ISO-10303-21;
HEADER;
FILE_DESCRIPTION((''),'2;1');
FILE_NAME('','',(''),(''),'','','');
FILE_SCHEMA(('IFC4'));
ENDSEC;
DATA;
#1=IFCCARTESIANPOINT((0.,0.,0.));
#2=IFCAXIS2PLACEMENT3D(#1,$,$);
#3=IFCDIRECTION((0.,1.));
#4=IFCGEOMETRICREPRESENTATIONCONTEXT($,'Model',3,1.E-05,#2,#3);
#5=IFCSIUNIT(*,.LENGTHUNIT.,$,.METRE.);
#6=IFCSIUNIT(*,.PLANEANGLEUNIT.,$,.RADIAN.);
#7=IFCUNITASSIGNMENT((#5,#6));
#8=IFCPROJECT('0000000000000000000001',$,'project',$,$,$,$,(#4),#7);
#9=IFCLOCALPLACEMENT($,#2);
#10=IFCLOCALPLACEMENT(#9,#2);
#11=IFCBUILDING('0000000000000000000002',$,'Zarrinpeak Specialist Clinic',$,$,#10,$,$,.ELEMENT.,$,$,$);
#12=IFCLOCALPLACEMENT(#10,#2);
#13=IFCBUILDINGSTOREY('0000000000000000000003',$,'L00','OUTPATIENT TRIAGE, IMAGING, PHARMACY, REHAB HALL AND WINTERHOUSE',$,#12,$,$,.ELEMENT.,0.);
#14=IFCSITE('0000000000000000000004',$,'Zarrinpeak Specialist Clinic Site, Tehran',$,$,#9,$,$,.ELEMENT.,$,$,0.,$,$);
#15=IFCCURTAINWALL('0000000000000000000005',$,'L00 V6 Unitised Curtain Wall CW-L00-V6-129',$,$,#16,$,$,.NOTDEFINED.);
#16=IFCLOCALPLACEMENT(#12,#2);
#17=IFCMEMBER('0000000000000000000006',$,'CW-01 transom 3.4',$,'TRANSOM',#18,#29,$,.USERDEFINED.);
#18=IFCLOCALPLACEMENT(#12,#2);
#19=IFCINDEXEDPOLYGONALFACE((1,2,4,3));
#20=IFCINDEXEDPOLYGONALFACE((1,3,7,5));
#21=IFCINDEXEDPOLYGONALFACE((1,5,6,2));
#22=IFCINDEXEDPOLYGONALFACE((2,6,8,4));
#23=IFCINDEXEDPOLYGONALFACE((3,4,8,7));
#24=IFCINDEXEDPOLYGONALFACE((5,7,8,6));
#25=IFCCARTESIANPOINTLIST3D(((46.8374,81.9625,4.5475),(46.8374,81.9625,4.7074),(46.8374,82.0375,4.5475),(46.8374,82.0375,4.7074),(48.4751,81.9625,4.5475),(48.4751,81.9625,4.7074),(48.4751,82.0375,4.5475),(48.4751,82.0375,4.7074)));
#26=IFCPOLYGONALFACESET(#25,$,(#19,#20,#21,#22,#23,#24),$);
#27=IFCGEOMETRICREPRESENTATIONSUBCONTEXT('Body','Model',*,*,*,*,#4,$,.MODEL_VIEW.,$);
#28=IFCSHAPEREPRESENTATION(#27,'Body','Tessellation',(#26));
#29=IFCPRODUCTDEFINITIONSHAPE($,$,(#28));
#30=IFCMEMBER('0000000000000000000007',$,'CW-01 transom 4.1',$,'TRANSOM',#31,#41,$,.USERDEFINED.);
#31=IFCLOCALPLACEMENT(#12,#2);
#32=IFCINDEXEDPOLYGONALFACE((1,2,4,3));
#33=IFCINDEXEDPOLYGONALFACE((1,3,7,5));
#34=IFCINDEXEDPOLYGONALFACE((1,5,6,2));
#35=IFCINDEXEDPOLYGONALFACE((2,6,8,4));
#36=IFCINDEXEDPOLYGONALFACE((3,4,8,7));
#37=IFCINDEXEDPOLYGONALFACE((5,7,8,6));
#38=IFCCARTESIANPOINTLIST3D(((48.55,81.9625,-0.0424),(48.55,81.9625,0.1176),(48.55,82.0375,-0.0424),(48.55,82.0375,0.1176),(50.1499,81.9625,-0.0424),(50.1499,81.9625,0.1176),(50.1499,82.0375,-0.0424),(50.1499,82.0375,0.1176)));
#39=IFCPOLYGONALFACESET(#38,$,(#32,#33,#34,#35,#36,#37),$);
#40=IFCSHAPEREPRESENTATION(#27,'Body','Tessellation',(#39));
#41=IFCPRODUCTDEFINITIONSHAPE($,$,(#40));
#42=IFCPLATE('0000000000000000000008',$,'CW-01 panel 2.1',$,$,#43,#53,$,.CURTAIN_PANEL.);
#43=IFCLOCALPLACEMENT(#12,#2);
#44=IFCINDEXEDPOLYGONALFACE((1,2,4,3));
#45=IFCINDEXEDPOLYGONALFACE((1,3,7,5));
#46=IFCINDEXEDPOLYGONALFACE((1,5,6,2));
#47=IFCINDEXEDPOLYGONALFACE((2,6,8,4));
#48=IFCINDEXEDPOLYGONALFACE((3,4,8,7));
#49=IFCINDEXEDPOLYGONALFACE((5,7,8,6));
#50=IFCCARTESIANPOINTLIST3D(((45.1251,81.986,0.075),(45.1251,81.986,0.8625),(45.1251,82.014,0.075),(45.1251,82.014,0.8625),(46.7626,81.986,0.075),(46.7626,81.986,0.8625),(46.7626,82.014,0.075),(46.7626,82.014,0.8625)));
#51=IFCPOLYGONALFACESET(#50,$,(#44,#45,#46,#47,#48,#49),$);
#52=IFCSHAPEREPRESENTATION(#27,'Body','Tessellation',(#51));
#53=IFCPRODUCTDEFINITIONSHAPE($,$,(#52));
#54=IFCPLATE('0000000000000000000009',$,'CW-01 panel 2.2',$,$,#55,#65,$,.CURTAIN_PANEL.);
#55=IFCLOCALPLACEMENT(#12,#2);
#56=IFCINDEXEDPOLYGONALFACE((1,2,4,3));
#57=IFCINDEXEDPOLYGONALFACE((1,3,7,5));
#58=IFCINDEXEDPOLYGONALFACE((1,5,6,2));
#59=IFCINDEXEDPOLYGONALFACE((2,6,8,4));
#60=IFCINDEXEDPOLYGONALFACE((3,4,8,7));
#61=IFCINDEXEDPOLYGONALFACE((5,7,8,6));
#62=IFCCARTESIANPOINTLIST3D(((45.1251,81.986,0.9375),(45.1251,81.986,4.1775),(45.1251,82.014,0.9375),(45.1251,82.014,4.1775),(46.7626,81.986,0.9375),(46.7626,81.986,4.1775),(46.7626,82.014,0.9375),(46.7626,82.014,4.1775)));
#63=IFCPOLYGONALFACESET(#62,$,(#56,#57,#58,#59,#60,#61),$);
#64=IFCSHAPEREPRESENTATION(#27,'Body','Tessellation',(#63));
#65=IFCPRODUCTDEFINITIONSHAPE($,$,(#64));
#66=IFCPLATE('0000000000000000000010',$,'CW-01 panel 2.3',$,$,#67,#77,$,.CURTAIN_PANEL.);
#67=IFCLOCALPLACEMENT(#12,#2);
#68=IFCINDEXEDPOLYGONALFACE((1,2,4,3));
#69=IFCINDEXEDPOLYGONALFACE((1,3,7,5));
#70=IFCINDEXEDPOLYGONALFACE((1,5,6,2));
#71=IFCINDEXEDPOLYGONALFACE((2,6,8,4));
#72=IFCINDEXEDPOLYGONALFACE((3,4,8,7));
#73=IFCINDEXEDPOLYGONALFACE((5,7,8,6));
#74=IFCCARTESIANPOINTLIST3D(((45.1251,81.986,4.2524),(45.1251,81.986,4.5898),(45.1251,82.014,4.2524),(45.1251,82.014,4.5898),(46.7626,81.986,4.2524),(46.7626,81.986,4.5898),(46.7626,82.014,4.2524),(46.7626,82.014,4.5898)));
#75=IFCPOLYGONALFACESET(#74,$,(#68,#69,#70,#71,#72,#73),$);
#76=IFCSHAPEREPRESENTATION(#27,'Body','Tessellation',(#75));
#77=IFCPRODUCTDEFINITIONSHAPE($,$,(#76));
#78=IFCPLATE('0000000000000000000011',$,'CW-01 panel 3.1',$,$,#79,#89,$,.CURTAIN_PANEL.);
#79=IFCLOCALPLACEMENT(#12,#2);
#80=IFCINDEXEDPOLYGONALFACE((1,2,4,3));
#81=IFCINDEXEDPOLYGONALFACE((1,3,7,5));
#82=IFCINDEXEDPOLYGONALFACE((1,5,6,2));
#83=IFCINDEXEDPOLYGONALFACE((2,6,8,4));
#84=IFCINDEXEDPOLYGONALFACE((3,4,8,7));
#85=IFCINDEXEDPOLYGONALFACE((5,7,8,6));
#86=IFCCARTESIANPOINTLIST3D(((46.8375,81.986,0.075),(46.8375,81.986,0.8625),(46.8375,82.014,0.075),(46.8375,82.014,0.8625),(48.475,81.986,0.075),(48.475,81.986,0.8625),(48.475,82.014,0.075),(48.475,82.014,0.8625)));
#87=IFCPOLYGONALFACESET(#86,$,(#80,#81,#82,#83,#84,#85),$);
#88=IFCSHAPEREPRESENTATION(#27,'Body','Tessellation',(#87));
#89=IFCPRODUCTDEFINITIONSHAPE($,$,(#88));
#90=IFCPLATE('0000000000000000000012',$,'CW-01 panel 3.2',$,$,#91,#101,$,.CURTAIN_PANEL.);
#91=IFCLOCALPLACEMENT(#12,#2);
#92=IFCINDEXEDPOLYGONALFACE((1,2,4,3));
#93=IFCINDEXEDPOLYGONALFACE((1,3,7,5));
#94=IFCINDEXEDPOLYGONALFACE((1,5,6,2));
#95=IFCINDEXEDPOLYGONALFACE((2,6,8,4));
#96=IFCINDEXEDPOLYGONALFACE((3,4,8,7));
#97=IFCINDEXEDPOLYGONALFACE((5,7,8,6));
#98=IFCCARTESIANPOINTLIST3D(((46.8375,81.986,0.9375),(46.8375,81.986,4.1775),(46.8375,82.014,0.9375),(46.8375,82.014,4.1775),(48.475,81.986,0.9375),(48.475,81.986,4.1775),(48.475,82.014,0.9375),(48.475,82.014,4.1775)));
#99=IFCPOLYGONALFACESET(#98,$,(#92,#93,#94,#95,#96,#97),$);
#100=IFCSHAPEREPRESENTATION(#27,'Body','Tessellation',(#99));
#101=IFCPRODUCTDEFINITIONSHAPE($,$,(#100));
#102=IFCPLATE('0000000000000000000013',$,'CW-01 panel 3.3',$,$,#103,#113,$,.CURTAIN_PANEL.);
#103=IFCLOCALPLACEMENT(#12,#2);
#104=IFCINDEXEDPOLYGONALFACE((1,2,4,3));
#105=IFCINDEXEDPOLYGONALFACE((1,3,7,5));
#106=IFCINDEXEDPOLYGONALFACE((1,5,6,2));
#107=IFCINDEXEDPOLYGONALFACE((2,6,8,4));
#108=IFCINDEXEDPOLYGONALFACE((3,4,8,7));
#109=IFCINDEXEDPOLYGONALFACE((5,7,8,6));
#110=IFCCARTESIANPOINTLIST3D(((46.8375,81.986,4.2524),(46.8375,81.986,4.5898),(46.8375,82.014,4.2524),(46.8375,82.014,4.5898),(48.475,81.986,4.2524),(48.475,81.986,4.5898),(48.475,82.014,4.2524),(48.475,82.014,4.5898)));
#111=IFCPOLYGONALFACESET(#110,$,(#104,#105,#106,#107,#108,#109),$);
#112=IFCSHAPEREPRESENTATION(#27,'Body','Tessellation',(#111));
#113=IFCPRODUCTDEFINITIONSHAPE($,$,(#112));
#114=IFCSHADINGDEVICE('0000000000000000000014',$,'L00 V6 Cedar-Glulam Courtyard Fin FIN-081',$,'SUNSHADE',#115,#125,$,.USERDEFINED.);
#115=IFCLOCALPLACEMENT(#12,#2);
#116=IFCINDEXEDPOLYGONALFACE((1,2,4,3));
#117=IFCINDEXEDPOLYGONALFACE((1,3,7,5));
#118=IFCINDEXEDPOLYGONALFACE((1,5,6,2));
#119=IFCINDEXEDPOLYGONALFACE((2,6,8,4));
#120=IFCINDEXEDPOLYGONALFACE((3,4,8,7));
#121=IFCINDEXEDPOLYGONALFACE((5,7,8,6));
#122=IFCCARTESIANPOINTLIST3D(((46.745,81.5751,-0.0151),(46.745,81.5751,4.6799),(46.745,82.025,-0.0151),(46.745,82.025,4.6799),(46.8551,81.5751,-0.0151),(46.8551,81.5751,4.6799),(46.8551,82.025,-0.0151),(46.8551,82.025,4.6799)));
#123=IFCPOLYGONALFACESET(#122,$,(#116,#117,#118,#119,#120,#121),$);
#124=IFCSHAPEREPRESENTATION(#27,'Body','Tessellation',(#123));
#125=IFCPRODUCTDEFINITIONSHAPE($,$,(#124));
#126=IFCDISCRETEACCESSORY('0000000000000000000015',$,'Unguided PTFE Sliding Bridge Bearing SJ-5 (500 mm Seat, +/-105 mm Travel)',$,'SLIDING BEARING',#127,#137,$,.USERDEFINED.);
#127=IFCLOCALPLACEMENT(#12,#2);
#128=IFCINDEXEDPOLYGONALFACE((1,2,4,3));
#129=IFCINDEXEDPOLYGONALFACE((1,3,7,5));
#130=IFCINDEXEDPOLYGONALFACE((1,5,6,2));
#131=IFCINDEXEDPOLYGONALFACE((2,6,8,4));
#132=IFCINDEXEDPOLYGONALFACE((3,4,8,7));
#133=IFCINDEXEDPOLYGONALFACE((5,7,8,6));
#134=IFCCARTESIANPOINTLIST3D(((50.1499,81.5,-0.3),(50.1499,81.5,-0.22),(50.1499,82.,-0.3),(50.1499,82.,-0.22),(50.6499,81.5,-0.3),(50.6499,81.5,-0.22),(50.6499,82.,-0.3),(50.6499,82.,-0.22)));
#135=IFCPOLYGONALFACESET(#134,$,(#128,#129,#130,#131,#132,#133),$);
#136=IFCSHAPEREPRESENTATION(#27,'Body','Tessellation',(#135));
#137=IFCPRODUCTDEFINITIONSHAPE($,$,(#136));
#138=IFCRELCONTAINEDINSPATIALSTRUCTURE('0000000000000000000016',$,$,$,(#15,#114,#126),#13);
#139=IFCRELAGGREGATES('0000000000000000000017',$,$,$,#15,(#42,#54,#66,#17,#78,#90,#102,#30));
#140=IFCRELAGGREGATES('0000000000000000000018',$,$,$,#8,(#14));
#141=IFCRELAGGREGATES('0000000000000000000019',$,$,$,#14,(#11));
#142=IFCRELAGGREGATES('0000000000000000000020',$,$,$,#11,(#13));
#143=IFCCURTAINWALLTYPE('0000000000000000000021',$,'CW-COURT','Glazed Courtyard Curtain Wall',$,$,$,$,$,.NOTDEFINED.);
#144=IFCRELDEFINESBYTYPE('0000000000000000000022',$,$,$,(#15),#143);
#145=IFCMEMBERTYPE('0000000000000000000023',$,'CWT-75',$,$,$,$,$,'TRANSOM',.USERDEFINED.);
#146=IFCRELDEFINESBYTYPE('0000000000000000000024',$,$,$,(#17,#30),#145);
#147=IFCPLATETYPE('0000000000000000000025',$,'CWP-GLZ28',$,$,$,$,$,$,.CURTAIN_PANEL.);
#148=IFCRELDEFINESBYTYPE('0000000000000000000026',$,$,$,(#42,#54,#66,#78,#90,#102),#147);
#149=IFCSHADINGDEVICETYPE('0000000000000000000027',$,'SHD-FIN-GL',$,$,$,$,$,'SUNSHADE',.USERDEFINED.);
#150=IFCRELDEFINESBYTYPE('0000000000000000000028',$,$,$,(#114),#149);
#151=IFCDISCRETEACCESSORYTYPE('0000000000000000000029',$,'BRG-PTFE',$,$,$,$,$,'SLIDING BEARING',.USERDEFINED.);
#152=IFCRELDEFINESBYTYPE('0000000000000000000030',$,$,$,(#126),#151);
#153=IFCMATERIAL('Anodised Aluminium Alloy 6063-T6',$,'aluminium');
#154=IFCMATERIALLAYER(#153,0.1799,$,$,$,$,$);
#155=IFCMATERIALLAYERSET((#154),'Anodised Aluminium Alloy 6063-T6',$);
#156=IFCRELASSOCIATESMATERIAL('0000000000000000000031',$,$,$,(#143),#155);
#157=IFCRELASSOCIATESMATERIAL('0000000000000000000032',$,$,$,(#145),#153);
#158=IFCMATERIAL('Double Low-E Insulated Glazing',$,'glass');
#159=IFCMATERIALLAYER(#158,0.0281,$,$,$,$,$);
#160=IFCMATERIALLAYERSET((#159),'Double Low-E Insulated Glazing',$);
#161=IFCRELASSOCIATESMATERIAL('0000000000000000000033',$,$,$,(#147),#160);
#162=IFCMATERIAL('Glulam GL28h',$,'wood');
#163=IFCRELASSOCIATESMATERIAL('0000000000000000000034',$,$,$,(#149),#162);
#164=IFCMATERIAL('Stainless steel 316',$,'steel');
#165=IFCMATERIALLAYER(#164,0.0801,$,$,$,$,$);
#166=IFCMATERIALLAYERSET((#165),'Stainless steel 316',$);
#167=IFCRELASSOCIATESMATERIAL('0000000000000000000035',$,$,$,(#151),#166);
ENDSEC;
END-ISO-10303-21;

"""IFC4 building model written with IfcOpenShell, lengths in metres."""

from ifc_helpers import new_model, si_unit, direction, frame, origin, origin_2d, place, context, subcontext, project, spatial, rectangle, extrude, material, layer, layer_set, material_profile, profile_set, type_object, element, aggregate, save


model = new_model("IFC4")

# Units and contexts
model_context = context("Model", 3, precision=1e-05, world=origin(), true_north=direction((0.0, 1.0)))
body_context = subcontext(model_context, "Body", "Model", "MODEL_VIEW")
ifc_project = project(units=[si_unit("LENGTHUNIT", "METRE"), si_unit("PLANEANGLEUNIT", "RADIAN")], contexts=[model_context])

# Site, building, storey
site_placement = place(None, origin())
site = spatial("IfcSite", under=ifc_project, at=site_placement, Name="Zarrinpeak Specialist Clinic Site, Tehran", CompositionType="ELEMENT", RefElevation=0.0)
building_placement = place(site_placement, origin())
building = spatial("IfcBuilding", under=site, at=building_placement, Name="Zarrinpeak Specialist Clinic", CompositionType="ELEMENT")
storey_placement = place(building_placement, origin())
storey = spatial("IfcBuildingStorey", under=building, at=storey_placement, Name="L00", Description="OUTPATIENT TRIAGE, IMAGING, PHARMACY, REHAB HALL AND WINTERHOUSE", CompositionType="ELEMENT", Elevation=0.0)

# Curtain wall, members, plates
ifc_material_1 = material(Name="Anodised Aluminium Alloy 6063-T6", Category="aluminium")
ifc_layer_1 = layer(ifc_material_1, 0.1799)
ifc_layer_set_1 = layer_set([ifc_layer_1], Name="Anodised Aluminium Alloy 6063-T6")
curtain_wall_type = type_object("IfcCurtainWallType", Name="CW-COURT", Description="Glazed Courtyard Curtain Wall", PredefinedType="NOTDEFINED", material=ifc_layer_set_1)
curtain_wall_placement = place(storey_placement, origin())
curtain_wall = element("IfcCurtainWall", 1, at=curtain_wall_placement, inside=storey, type_object=curtain_wall_type, Name="L00 V6 Unitised Curtain Wall CW-L00-V6-129", PredefinedType="NOTDEFINED")
ifc_material_profile_1 = material_profile(ifc_material_1, rectangle(XDim=0.075, YDim=0.1599, at=origin_2d()), Name="ALU 75x160")
ifc_profile_set_1 = profile_set([ifc_material_profile_1], Name="Anodised Aluminium Alloy 6063-T6")
member_type_1 = type_object("IfcMemberType", Name="CWT-75", ElementType="TRANSOM", PredefinedType="USERDEFINED", material=ifc_profile_set_1)
member_1_placement = place(storey_placement, frame((46.8374, 82.0, 4.6274), z_axis=(1.0, 0.0, 0.0), x_axis=(0.0, 1.0, 0.0)))
member_1 = element("IfcMember", 2, at=member_1_placement, type_object=member_type_1, Name="CW-01 transom 3.4", ObjectType="TRANSOM", PredefinedType="USERDEFINED", context=body_context, shape_type="SweptSolid", body=[
    extrude(rectangle(XDim=0.075, YDim=0.1599, at=origin_2d()), origin(), (0.0, 0.0, 1.0), 1.6377),
])
member_2_placement = place(storey_placement, frame((48.55, 82.0, 0.0376), z_axis=(1.0, 0.0, 0.0), x_axis=(0.0, 1.0, 0.0)))
member_2 = element("IfcMember", 3, at=member_2_placement, type_object=member_type_1, Name="CW-01 transom 4.1", ObjectType="TRANSOM", PredefinedType="USERDEFINED", context=body_context, shape_type="SweptSolid", body=[
    extrude(rectangle(XDim=0.075, YDim=0.1599, at=origin_2d()), origin(), (0.0, 0.0, 1.0), 1.5999),
])
ifc_material_2 = material(Name="Double Low-E Insulated Glazing", Category="glass")
ifc_layer_2 = layer(ifc_material_2, 0.0281)
ifc_layer_set_2 = layer_set([ifc_layer_2], Name="Double Low-E Insulated Glazing")
plate_type = type_object("IfcPlateType", Name="CWP-GLZ28", PredefinedType="CURTAIN_PANEL", material=ifc_layer_set_2)
plate_1_placement = place(storey_placement, frame((45.9438, 82.0, 0.075), z_axis=(0.0, 0.0, 1.0), x_axis=(1.0, 0.0, 0.0)))
plate_1 = element("IfcPlate", 4, at=plate_1_placement, type_object=plate_type, Name="CW-01 panel 2.1", PredefinedType="CURTAIN_PANEL", context=body_context, shape_type="SweptSolid", body=[
    extrude(rectangle(XDim=1.6375, YDim=0.0281, at=origin_2d()), origin(), (0.0, 0.0, 1.0), 0.7876),
])
plate_2_placement = place(storey_placement, frame((45.9438, 82.0, 0.9375), z_axis=(0.0, 0.0, 1.0), x_axis=(1.0, 0.0, 0.0)))
plate_2 = element("IfcPlate", 5, at=plate_2_placement, type_object=plate_type, Name="CW-01 panel 2.2", PredefinedType="CURTAIN_PANEL", context=body_context, shape_type="SweptSolid", body=[
    extrude(rectangle(XDim=1.6375, YDim=0.0281, at=origin_2d()), origin(), (0.0, 0.0, 1.0), 3.24),
])
plate_3_placement = place(storey_placement, frame((45.9438, 82.0, 4.2524), z_axis=(0.0, 0.0, 1.0), x_axis=(1.0, 0.0, 0.0)))
plate_3 = element("IfcPlate", 6, at=plate_3_placement, type_object=plate_type, Name="CW-01 panel 2.3", PredefinedType="CURTAIN_PANEL", context=body_context, shape_type="SweptSolid", body=[
    extrude(rectangle(XDim=1.6375, YDim=0.0281, at=origin_2d()), origin(), (0.0, 0.0, 1.0), 0.3374),
])
plate_4_placement = place(storey_placement, frame((47.6562, 82.0, 0.075), z_axis=(0.0, 0.0, 1.0), x_axis=(1.0, 0.0, 0.0)))
plate_4 = element("IfcPlate", 7, at=plate_4_placement, type_object=plate_type, Name="CW-01 panel 3.1", PredefinedType="CURTAIN_PANEL", context=body_context, shape_type="SweptSolid", body=[
    extrude(rectangle(XDim=1.6375, YDim=0.0281, at=origin_2d()), origin(), (0.0, 0.0, 1.0), 0.7876),
])
plate_5_placement = place(storey_placement, frame((47.6562, 82.0, 0.9375), z_axis=(0.0, 0.0, 1.0), x_axis=(1.0, 0.0, 0.0)))
plate_5 = element("IfcPlate", 8, at=plate_5_placement, type_object=plate_type, Name="CW-01 panel 3.2", PredefinedType="CURTAIN_PANEL", context=body_context, shape_type="SweptSolid", body=[
    extrude(rectangle(XDim=1.6375, YDim=0.0281, at=origin_2d()), origin(), (0.0, 0.0, 1.0), 3.24),
])
plate_6_placement = place(storey_placement, frame((47.6562, 82.0, 4.2524), z_axis=(0.0, 0.0, 1.0), x_axis=(1.0, 0.0, 0.0)))
plate_6 = element("IfcPlate", 9, at=plate_6_placement, type_object=plate_type, Name="CW-01 panel 3.3", PredefinedType="CURTAIN_PANEL", context=body_context, shape_type="SweptSolid", body=[
    extrude(rectangle(XDim=1.6375, YDim=0.0281, at=origin_2d()), origin(), (0.0, 0.0, 1.0), 0.3374),
])
aggregate(curtain_wall, [plate_1, plate_2, plate_3, member_1, plate_4, plate_5, plate_6, member_2])

# Shading device
ifc_material_3 = material(Name="Glulam GL28h", Category="wood")
shading_device_type = type_object("IfcShadingDeviceType", Name="SHD-FIN-GL", ElementType="SUNSHADE", PredefinedType="USERDEFINED", material=ifc_material_3)
shading_device_placement = place(storey_placement, frame((46.8, 81.8, -0.0151), z_axis=(0.0, 0.0, 1.0), x_axis=(1.0, 0.0, 0.0)))
element("IfcShadingDevice", 10, at=shading_device_placement, inside=storey, type_object=shading_device_type, Name="L00 V6 Cedar-Glulam Courtyard Fin FIN-081", ObjectType="SUNSHADE", PredefinedType="USERDEFINED", context=body_context, shape_type="SweptSolid", body=[
    extrude(rectangle(XDim=0.1101, YDim=0.45, at=origin_2d()), origin(), (0.0, 0.0, 1.0), 4.6951),
])

# Discrete accessory
ifc_material_4 = material(Name="Stainless steel 316", Category="steel")
ifc_layer_3 = layer(ifc_material_4, 0.0801)
ifc_layer_set_3 = layer_set([ifc_layer_3], Name="Stainless steel 316")
discrete_accessory_type = type_object("IfcDiscreteAccessoryType", Name="BRG-PTFE", ElementType="SLIDING BEARING", PredefinedType="USERDEFINED", material=ifc_layer_set_3)
discrete_accessory_placement = place(storey_placement, frame((50.3999, 81.75, -0.3), z_axis=(0.0, 0.0, 1.0), x_axis=(1.0, 0.0, 0.0)))
element("IfcDiscreteAccessory", 11, at=discrete_accessory_placement, inside=storey, type_object=discrete_accessory_type, Name="Unguided PTFE Sliding Bridge Bearing SJ-5 (500 mm Seat, +/-105 mm Travel)", ObjectType="SLIDING BEARING", PredefinedType="USERDEFINED", context=body_context, shape_type="SweptSolid", body=[
    extrude(rectangle(XDim=0.5, YDim=0.5, at=origin_2d()), origin(), (0.0, 0.0, 1.0), 0.0801),
])

save(model, "model.ifc")
